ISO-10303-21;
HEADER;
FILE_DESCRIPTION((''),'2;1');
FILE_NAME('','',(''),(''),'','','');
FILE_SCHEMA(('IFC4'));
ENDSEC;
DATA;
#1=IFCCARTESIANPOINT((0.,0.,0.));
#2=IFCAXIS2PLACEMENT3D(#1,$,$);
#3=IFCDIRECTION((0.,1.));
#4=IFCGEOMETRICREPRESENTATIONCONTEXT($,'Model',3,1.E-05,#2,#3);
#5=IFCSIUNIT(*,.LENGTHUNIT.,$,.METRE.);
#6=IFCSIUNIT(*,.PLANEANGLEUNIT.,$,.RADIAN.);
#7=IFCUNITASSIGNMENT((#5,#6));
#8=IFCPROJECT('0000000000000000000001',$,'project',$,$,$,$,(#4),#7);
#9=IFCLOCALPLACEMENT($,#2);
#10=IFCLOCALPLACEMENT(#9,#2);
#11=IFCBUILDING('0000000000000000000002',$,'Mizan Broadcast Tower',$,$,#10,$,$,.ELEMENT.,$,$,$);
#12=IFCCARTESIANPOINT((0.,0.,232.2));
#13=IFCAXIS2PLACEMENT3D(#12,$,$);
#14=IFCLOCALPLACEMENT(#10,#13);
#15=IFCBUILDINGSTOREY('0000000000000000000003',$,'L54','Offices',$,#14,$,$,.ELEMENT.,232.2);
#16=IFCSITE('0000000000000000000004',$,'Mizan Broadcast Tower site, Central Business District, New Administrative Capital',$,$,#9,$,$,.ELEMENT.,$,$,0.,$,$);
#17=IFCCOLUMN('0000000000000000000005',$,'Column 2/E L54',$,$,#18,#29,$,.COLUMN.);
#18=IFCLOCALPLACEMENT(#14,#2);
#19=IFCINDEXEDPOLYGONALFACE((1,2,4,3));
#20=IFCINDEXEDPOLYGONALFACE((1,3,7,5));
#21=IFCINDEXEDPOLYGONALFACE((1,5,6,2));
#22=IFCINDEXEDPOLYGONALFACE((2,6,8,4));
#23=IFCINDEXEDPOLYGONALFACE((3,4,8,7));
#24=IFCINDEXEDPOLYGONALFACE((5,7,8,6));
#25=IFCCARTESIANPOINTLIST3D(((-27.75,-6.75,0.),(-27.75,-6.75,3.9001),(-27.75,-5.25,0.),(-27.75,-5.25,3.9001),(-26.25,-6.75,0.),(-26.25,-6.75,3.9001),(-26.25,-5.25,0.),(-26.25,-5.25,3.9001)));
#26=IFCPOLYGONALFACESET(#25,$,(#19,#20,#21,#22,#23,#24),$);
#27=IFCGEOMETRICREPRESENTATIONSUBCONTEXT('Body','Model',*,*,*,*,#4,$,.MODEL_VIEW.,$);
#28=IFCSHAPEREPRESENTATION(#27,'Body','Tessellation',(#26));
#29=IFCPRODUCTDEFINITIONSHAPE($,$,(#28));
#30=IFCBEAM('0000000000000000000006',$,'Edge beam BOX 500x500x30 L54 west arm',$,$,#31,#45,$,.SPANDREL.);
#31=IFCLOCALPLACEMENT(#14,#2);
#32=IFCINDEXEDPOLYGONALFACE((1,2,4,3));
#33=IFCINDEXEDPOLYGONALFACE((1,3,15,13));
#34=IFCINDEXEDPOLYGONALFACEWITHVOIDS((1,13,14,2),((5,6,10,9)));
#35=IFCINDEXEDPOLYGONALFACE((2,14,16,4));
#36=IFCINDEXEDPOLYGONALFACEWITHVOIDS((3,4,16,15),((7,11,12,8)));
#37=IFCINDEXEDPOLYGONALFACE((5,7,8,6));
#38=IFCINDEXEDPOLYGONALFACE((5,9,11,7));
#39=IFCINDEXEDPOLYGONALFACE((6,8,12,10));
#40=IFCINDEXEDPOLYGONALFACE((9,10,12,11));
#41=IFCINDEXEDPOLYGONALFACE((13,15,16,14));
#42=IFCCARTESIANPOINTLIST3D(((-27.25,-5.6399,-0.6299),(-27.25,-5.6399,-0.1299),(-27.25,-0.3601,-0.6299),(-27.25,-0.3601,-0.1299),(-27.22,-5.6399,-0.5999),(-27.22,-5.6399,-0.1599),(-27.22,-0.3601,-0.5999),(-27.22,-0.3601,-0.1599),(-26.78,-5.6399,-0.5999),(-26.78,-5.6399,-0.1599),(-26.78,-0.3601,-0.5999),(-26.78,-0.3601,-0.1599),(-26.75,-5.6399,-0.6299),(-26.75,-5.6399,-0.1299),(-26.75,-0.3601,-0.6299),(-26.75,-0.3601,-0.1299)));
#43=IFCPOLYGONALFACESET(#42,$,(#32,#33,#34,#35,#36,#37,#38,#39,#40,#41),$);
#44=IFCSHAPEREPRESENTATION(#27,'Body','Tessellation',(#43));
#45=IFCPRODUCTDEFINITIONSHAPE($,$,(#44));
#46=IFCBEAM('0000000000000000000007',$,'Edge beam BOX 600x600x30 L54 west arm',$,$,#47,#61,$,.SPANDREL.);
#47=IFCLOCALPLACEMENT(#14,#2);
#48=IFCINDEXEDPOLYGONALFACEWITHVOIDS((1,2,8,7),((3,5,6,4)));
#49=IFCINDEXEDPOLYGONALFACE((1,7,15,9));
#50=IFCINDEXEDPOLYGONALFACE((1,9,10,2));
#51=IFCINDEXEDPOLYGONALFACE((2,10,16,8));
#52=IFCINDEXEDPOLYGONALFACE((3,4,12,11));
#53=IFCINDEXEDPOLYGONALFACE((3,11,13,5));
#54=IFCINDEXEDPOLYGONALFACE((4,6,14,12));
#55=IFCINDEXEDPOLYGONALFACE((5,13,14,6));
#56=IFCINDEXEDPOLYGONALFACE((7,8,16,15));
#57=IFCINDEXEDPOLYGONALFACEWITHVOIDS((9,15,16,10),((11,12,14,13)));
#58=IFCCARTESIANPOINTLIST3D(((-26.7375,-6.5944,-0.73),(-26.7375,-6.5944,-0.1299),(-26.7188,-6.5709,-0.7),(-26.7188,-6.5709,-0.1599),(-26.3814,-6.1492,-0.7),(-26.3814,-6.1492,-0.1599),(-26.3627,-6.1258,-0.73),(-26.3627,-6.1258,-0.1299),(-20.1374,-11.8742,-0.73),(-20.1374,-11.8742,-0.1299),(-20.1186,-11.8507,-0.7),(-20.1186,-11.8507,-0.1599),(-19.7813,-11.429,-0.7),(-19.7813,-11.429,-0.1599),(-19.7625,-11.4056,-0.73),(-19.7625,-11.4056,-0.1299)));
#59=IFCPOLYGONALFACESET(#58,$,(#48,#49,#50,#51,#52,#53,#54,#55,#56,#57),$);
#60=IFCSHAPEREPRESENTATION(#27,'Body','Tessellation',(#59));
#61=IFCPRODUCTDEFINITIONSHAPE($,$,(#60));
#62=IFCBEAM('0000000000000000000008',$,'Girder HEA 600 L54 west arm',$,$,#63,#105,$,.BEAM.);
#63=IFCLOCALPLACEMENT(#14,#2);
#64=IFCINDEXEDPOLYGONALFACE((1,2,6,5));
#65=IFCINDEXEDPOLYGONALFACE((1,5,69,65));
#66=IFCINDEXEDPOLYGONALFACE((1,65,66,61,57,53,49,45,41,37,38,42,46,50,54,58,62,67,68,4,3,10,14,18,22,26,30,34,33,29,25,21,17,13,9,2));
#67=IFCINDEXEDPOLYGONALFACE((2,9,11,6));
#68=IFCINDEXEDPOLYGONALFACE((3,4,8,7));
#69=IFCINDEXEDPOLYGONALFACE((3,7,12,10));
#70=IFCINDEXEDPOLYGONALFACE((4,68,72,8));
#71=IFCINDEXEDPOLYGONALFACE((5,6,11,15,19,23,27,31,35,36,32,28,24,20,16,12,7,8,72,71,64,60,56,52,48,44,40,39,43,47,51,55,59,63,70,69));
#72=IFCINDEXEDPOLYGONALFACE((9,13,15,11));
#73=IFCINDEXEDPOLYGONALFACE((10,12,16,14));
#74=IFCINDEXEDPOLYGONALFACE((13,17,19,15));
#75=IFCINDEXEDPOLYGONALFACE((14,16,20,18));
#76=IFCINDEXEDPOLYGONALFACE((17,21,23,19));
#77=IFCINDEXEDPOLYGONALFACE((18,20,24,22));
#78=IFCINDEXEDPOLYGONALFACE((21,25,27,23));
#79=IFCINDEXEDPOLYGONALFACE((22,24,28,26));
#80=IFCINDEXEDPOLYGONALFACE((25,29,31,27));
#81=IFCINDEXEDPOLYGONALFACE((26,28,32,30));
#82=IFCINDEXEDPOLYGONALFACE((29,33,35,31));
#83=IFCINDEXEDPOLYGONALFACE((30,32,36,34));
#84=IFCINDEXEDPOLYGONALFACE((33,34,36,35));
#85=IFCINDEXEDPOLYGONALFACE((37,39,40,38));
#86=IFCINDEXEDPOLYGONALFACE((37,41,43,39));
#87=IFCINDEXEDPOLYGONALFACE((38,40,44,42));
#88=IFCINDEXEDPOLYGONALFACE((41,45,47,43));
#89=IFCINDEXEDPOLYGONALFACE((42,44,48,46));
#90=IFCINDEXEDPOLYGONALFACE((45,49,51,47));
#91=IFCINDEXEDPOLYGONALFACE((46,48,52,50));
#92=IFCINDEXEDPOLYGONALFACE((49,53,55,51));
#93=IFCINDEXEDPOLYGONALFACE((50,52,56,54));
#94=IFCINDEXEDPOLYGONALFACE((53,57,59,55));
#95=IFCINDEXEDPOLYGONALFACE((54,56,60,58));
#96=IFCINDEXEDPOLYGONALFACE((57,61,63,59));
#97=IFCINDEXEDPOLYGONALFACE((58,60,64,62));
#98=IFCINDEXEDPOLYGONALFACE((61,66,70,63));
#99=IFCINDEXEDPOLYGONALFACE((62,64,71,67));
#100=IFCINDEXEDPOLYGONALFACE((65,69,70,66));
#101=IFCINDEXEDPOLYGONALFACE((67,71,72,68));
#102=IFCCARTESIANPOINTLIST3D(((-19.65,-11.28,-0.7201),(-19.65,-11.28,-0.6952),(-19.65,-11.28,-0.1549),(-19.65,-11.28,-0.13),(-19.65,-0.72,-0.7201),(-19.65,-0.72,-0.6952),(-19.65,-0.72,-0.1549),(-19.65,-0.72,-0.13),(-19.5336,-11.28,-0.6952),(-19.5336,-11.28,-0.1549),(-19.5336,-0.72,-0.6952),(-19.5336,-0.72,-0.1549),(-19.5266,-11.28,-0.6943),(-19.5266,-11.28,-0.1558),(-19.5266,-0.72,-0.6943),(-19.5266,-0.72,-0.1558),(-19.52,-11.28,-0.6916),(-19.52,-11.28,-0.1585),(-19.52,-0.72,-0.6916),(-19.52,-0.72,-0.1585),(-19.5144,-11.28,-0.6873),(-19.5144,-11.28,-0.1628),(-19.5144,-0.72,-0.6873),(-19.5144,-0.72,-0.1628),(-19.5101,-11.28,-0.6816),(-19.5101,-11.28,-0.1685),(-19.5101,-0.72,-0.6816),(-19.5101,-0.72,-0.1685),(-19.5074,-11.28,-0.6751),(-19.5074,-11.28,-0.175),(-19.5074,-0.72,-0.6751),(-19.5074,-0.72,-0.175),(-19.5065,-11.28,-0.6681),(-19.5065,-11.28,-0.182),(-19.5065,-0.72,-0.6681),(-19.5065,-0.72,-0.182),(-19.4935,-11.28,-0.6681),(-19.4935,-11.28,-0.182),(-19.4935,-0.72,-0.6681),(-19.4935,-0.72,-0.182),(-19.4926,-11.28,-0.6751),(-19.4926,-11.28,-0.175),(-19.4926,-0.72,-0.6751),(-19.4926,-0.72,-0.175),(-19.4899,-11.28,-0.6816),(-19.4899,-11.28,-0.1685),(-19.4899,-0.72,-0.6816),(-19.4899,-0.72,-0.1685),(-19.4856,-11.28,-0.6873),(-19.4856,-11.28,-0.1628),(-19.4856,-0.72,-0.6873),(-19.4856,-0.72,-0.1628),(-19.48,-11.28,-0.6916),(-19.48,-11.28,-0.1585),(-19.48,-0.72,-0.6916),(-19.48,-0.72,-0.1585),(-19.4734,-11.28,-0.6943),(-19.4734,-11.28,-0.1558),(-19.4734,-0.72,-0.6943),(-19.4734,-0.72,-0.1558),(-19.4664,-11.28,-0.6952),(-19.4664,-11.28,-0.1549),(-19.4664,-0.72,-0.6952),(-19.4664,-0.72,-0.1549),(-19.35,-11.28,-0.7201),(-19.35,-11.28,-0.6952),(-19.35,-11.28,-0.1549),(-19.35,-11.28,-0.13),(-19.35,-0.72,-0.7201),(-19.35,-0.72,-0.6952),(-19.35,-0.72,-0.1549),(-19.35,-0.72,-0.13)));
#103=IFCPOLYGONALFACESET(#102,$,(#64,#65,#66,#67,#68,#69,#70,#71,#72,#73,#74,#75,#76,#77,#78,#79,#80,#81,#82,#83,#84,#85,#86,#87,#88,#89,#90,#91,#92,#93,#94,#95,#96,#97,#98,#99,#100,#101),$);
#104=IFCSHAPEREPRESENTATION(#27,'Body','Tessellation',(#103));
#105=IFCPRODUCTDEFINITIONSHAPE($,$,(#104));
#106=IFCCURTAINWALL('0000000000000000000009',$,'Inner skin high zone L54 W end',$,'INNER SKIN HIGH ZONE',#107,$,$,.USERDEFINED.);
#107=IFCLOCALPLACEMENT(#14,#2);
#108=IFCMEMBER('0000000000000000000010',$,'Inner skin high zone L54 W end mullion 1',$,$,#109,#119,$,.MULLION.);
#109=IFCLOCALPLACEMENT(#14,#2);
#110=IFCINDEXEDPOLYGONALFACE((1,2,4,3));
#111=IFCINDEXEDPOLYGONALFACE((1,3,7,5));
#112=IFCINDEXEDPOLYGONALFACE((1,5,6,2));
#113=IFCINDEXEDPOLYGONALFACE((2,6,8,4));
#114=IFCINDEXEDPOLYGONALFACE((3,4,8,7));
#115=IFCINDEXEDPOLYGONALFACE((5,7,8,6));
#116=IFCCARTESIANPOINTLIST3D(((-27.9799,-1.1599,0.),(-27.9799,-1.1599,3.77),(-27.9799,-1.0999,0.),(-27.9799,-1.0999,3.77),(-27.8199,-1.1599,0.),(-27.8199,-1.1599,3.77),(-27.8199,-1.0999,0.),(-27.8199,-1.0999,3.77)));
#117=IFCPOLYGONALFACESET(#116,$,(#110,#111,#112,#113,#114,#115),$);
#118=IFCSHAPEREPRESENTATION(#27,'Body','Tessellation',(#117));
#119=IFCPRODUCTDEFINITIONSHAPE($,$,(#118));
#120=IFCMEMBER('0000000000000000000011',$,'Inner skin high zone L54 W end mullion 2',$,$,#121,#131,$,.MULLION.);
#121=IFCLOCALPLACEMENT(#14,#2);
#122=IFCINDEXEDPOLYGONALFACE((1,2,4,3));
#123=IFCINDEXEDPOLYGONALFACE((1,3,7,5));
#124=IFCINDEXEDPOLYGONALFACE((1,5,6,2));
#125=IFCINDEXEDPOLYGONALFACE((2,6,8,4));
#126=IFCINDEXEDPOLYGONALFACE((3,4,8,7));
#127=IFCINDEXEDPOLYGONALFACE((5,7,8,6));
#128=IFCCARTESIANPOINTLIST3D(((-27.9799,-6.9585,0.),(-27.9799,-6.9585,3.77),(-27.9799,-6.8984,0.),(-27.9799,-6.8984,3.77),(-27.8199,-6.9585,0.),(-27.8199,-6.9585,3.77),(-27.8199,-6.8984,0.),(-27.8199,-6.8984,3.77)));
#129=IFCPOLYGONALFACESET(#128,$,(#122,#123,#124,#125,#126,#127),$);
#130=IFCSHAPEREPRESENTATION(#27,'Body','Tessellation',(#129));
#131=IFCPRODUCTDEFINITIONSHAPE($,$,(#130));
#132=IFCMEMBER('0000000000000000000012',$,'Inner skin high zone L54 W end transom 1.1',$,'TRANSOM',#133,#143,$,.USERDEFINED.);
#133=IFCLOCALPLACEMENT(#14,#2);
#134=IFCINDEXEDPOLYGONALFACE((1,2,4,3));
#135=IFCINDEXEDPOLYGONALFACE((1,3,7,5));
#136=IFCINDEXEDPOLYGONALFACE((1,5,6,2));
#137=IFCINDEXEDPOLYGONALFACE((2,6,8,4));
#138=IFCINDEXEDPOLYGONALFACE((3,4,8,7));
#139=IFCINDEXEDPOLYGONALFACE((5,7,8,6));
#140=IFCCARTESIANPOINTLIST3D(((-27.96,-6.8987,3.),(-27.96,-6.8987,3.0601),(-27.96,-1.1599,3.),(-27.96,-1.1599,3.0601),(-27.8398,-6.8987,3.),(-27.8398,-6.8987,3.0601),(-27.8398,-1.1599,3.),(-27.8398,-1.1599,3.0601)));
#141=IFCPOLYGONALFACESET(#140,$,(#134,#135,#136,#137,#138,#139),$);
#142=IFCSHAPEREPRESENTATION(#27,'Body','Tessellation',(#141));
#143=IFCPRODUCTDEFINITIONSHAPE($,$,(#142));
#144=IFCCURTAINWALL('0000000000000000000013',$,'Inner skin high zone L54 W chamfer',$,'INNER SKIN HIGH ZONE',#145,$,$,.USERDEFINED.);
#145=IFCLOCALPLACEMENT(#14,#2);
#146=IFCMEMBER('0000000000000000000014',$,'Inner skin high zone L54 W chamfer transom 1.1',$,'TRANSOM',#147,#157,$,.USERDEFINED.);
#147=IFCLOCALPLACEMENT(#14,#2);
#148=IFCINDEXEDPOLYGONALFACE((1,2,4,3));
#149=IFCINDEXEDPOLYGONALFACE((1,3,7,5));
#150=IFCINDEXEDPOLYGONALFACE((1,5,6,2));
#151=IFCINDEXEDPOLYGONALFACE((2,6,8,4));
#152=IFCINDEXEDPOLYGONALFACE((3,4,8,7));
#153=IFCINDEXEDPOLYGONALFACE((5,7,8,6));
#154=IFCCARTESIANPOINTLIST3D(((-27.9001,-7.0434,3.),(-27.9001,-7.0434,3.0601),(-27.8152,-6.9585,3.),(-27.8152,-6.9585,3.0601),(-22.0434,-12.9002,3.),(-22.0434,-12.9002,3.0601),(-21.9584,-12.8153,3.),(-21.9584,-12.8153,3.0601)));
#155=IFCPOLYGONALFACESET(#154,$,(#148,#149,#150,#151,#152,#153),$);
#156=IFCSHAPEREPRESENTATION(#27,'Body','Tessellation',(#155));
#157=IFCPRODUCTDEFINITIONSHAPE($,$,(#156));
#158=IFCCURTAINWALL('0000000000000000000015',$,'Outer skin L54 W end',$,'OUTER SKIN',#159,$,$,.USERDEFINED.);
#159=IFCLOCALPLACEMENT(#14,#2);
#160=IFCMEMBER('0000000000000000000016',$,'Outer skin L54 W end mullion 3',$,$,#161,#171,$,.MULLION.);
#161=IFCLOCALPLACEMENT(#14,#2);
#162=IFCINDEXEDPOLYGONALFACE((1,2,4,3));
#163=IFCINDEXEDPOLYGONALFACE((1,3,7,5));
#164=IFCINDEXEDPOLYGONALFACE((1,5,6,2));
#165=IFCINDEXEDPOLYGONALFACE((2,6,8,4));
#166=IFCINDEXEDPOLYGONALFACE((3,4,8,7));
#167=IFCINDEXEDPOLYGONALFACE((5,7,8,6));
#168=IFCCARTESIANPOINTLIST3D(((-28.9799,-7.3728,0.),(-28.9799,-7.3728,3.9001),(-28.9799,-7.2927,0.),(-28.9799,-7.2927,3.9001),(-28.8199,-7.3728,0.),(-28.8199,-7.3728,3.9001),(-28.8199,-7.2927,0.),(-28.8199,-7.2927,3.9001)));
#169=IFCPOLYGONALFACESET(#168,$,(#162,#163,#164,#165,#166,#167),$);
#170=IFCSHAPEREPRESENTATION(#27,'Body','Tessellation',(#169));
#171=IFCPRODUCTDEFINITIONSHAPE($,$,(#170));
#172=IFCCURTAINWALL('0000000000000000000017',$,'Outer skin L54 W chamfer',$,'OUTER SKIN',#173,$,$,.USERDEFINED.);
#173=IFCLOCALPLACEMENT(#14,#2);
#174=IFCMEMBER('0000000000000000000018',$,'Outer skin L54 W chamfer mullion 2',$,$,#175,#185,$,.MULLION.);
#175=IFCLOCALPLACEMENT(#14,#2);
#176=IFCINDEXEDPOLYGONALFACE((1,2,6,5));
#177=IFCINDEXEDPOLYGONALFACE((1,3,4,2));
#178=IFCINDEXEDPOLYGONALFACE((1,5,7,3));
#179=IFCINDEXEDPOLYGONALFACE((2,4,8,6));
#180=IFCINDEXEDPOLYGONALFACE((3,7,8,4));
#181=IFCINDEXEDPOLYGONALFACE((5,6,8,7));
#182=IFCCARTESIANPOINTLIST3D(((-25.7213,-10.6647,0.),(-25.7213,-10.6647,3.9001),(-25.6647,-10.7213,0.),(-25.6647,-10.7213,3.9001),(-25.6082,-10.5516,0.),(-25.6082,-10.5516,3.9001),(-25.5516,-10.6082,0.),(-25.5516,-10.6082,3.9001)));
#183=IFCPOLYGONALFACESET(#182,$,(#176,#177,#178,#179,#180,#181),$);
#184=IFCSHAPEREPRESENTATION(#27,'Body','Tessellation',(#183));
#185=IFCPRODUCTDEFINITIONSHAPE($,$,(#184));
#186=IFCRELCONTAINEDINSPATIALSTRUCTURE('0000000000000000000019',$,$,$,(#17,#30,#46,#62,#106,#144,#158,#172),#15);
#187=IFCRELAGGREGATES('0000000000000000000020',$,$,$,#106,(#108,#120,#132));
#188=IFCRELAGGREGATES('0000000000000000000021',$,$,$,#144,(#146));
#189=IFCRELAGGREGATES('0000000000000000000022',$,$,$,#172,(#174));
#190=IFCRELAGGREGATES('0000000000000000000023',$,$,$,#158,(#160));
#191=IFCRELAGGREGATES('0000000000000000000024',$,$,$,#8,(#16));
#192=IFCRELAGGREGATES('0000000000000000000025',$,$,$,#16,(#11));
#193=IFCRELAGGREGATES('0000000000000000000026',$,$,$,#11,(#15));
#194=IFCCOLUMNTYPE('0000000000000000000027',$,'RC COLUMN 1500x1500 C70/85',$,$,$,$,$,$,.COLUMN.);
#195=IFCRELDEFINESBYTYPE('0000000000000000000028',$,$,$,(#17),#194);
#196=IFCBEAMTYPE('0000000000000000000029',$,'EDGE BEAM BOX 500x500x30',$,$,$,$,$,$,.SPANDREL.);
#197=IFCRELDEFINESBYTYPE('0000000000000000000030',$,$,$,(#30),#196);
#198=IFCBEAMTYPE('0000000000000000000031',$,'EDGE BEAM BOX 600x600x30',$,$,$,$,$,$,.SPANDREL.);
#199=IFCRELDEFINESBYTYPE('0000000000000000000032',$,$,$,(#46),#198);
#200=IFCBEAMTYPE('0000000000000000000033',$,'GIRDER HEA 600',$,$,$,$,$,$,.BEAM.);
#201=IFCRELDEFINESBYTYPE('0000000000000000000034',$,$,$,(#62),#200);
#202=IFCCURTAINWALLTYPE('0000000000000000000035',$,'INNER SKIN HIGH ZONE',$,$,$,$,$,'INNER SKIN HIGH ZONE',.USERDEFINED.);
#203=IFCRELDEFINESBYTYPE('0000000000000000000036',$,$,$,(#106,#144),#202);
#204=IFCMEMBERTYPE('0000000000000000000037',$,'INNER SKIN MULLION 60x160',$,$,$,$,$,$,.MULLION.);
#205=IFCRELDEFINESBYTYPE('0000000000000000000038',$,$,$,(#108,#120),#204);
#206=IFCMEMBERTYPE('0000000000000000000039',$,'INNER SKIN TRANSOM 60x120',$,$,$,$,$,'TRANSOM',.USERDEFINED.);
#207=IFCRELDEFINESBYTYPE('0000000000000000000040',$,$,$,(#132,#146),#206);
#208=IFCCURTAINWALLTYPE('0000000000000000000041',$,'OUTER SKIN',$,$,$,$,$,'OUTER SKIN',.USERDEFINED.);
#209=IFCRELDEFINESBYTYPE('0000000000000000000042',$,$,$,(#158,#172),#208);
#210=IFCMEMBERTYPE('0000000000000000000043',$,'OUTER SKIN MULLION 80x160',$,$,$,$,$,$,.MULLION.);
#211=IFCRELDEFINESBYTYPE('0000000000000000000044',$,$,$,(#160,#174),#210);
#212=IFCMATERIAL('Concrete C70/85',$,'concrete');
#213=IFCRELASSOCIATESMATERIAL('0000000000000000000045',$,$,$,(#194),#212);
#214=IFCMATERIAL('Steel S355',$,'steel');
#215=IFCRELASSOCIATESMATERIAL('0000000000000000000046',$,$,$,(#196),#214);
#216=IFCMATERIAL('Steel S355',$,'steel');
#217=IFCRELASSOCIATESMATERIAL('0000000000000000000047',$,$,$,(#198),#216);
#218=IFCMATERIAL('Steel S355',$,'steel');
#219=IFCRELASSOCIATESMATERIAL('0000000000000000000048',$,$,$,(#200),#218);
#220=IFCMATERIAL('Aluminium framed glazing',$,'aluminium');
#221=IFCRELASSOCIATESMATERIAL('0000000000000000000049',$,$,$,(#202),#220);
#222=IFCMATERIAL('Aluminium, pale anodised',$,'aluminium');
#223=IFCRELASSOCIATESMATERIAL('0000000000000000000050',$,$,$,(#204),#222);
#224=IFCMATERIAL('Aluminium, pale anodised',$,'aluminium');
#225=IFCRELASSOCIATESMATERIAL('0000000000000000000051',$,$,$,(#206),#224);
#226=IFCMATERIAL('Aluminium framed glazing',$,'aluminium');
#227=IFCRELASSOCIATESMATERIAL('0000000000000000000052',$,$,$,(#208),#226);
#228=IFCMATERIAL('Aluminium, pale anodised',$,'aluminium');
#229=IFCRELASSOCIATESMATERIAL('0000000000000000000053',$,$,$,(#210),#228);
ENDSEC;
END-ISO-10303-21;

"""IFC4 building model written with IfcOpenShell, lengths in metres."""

from ifc_helpers import new_model, si_unit, direction, frame, origin, origin_2d, place, context, subcontext, project, spatial, rectangle, hollow_rectangle, i_section, extrude, material, material_profile, profile_set, type_object, element, aggregate, save


model = new_model("IFC4")

# Units and contexts
model_context = context("Model", 3, precision=1e-05, world=origin(), true_north=direction((0.0, 1.0)))
body_context = subcontext(model_context, "Body", "Model", "MODEL_VIEW")
ifc_project = project(units=[si_unit("LENGTHUNIT", "METRE"), si_unit("PLANEANGLEUNIT", "RADIAN")], contexts=[model_context])

# Site, building, storey
site_placement = place(None, origin())
site = spatial("IfcSite", under=ifc_project, at=site_placement, Name="Mizan Broadcast Tower site, Central Business District, New Administrative Capital", CompositionType="ELEMENT", RefElevation=0.0)
building_placement = place(site_placement, origin())
building = spatial("IfcBuilding", under=site, at=building_placement, Name="Mizan Broadcast Tower", CompositionType="ELEMENT")
storey_placement = place(building_placement, frame((0.0, 0.0, 232.2)))
storey = spatial("IfcBuildingStorey", under=building, at=storey_placement, Name="L54", Description="Offices", CompositionType="ELEMENT", Elevation=232.2)

# Column
ifc_material_1 = material(Name="Concrete C70/85", Category="concrete")
ifc_material_profile_1 = material_profile(ifc_material_1, rectangle(XDim=1.5, YDim=1.5, at=origin_2d()), Name="RC 1500x1500")
ifc_profile_set_1 = profile_set([ifc_material_profile_1], Name="Concrete C70/85")
column_type = type_object("IfcColumnType", Name="RC COLUMN 1500x1500 C70/85", PredefinedType="COLUMN", material=ifc_profile_set_1)
column_placement = place(storey_placement, frame((-27.0, -6.0, 0.0), z_axis=(0.0, 0.0, 1.0), x_axis=(1.0, 0.0, 0.0)))
element("IfcColumn", 1, at=column_placement, inside=storey, type_object=column_type, Name="Column 2/E L54", PredefinedType="COLUMN", context=body_context, shape_type="SweptSolid", body=[
    extrude(rectangle(XDim=1.5, YDim=1.5, at=origin_2d()), origin(), (0.0, 0.0, 1.0), 3.9001),
])

# Beams
ifc_material_2 = material(Name="Steel S355", Category="steel")
ifc_material_profile_2 = material_profile(ifc_material_2, hollow_rectangle(XDim=0.5, YDim=0.5, WallThickness=0.03, at=origin_2d()), Name="BOX 500x500x30")
ifc_profile_set_2 = profile_set([ifc_material_profile_2], Name="Steel S355")
beam_type_1 = type_object("IfcBeamType", Name="EDGE BEAM BOX 500x500x30", PredefinedType="SPANDREL", material=ifc_profile_set_2)
beam_1_placement = place(storey_placement, frame((-27.0, -5.6399, -0.3799), z_axis=(0.0, 1.0, 0.0), x_axis=(-1.0, 0.0, 0.0)))
element("IfcBeam", 2, at=beam_1_placement, inside=storey, type_object=beam_type_1, Name="Edge beam BOX 500x500x30 L54 west arm", PredefinedType="SPANDREL", context=body_context, shape_type="SweptSolid", body=[
    extrude(hollow_rectangle(XDim=0.5, YDim=0.5, WallThickness=0.03, at=origin_2d()), origin(), (0.0, 0.0, 1.0), 5.2798),
])
ifc_material_3 = material(Name="Steel S355", Category="steel")
ifc_material_profile_3 = material_profile(ifc_material_3, hollow_rectangle(XDim=0.6001, YDim=0.6001, WallThickness=0.03, at=origin_2d()), Name="BOX 600x600x30")
ifc_profile_set_3 = profile_set([ifc_material_profile_3], Name="Steel S355")
beam_type_2 = type_object("IfcBeamType", Name="EDGE BEAM BOX 600x600x30", PredefinedType="SPANDREL", material=ifc_profile_set_3)
beam_2_placement = place(storey_placement, frame((-19.95, -11.6399, -0.4299), z_axis=(-0.780886, 0.624674, 0.0), x_axis=(-0.624674, -0.780886, 0.0)))
element("IfcBeam", 3, at=beam_2_placement, inside=storey, type_object=beam_type_2, Name="Edge beam BOX 600x600x30 L54 west arm", PredefinedType="SPANDREL", context=body_context, shape_type="SweptSolid", body=[
    extrude(hollow_rectangle(XDim=0.6001, YDim=0.6001, WallThickness=0.03, at=origin_2d()), origin(), (0.0, 0.0, 1.0), 8.4521),
])
ifc_material_4 = material(Name="Steel S355", Category="steel")
ifc_material_profile_4 = material_profile(ifc_material_4, i_section(OverallWidth=0.3, OverallDepth=0.5901, WebThickness=0.0129, FlangeThickness=0.0249, FilletRadius=0.0271, at=origin_2d()), Name="HEA 600")
ifc_profile_set_4 = profile_set([ifc_material_profile_4], Name="Steel S355")
beam_type_3 = type_object("IfcBeamType", Name="GIRDER HEA 600", PredefinedType="BEAM", material=ifc_profile_set_4)
beam_3_placement = place(storey_placement, frame((-19.5, -11.28, -0.425), z_axis=(0.0, 1.0, 0.0), x_axis=(-1.0, 0.0, 0.0)))
element("IfcBeam", 4, at=beam_3_placement, inside=storey, type_object=beam_type_3, Name="Girder HEA 600 L54 west arm", PredefinedType="BEAM", context=body_context, shape_type="SweptSolid", body=[
    extrude(i_section(OverallWidth=0.3, OverallDepth=0.5901, WebThickness=0.0129, FlangeThickness=0.0249, FilletRadius=0.0271, at=origin_2d()), origin(), (0.0, 0.0, 1.0), 10.5601),
])

# Curtain wall, members
ifc_material_5 = material(Name="Aluminium framed glazing", Category="aluminium")
curtain_wall_type_1 = type_object("IfcCurtainWallType", Name="INNER SKIN HIGH ZONE", ElementType="INNER SKIN HIGH ZONE", PredefinedType="USERDEFINED", material=ifc_material_5)
curtain_wall_1_placement = place(storey_placement, origin())
curtain_wall_1 = element("IfcCurtainWall", 5, at=curtain_wall_1_placement, inside=storey, type_object=curtain_wall_type_1, Name="Inner skin high zone L54 W end", ObjectType="INNER SKIN HIGH ZONE", PredefinedType="USERDEFINED")
ifc_material_6 = material(Name="Aluminium, pale anodised", Category="aluminium")
ifc_material_profile_5 = material_profile(ifc_material_6, rectangle(XDim=0.1599, YDim=0.0601, at=origin_2d()), Name="MULLION 160x60")
ifc_profile_set_5 = profile_set([ifc_material_profile_5], Name="Aluminium, pale anodised")
member_type_1 = type_object("IfcMemberType", Name="INNER SKIN MULLION 60x160", PredefinedType="MULLION", material=ifc_profile_set_5)
member_1_placement = place(storey_placement, frame((-27.8999, -1.1299, 0.0), z_axis=(0.0, 0.0, 1.0), x_axis=(1.0, 0.0, 0.0)))
member_1 = element("IfcMember", 6, at=member_1_placement, type_object=member_type_1, Name="Inner skin high zone L54 W end mullion 1", PredefinedType="MULLION", context=body_context, shape_type="SweptSolid", body=[
    extrude(rectangle(XDim=0.1599, YDim=0.0601, at=origin_2d()), origin(), (0.0, 0.0, 1.0), 3.77),
])
member_2_placement = place(storey_placement, frame((-27.8999, -6.9285, 0.0), z_axis=(0.0, 0.0, 1.0), x_axis=(1.0, 0.0, 0.0)))
member_2 = element("IfcMember", 7, at=member_2_placement, type_object=member_type_1, Name="Inner skin high zone L54 W end mullion 2", PredefinedType="MULLION", context=body_context, shape_type="SweptSolid", body=[
    extrude(rectangle(XDim=0.1599, YDim=0.0601, at=origin_2d()), origin(), (0.0, 0.0, 1.0), 3.77),
])
ifc_material_7 = material(Name="Aluminium, pale anodised", Category="aluminium")
ifc_material_profile_6 = material_profile(ifc_material_7, rectangle(XDim=0.1201, YDim=0.0601, at=origin_2d()), Name="TRANSOM 120x60")
ifc_profile_set_6 = profile_set([ifc_material_profile_6], Name="Aluminium, pale anodised")
member_type_2 = type_object("IfcMemberType", Name="INNER SKIN TRANSOM 60x120", ElementType="TRANSOM", PredefinedType="USERDEFINED", material=ifc_profile_set_6)
member_3_placement = place(storey_placement, frame((-27.8999, -1.1599, 3.03), z_axis=(0.0, -1.0, 0.0), x_axis=(1.0, 0.0, 0.0)))
member_3 = element("IfcMember", 8, at=member_3_placement, type_object=member_type_2, Name="Inner skin high zone L54 W end transom 1.1", ObjectType="TRANSOM", PredefinedType="USERDEFINED", context=body_context, shape_type="SweptSolid", body=[
    extrude(rectangle(XDim=0.1201, YDim=0.0601, at=origin_2d()), origin(), (0.0, 0.0, 1.0), 5.7388),
])

# Curtain walls, members
curtain_wall_2_placement = place(storey_placement, origin())
curtain_wall_2 = element("IfcCurtainWall", 9, at=curtain_wall_2_placement, inside=storey, type_object=curtain_wall_type_1, Name="Inner skin high zone L54 W chamfer", ObjectType="INNER SKIN HIGH ZONE", PredefinedType="USERDEFINED")
member_4_placement = place(storey_placement, frame((-27.8577, -7.001, 3.03), z_axis=(0.707107, -0.707107, 0.0), x_axis=(0.707107, 0.707107, 0.0)))
member_4 = element("IfcMember", 10, at=member_4_placement, type_object=member_type_2, Name="Inner skin high zone L54 W chamfer transom 1.1", ObjectType="TRANSOM", PredefinedType="USERDEFINED", context=body_context, shape_type="SweptSolid", body=[
    extrude(rectangle(XDim=0.1201, YDim=0.0601, at=origin_2d()), origin(), (0.0, 0.0, 1.0), 8.2827),
])
ifc_material_8 = material(Name="Aluminium framed glazing", Category="aluminium")
curtain_wall_type_2 = type_object("IfcCurtainWallType", Name="OUTER SKIN", ElementType="OUTER SKIN", PredefinedType="USERDEFINED", material=ifc_material_8)
curtain_wall_3_placement = place(storey_placement, origin())
curtain_wall_3 = element("IfcCurtainWall", 11, at=curtain_wall_3_placement, inside=storey, type_object=curtain_wall_type_2, Name="Outer skin L54 W end", ObjectType="OUTER SKIN", PredefinedType="USERDEFINED")
ifc_material_9 = material(Name="Aluminium, pale anodised", Category="aluminium")
ifc_material_profile_7 = material_profile(ifc_material_9, rectangle(XDim=0.1599, YDim=0.0801, at=origin_2d()), Name="MULLION 160x80")
ifc_profile_set_7 = profile_set([ifc_material_profile_7], Name="Aluminium, pale anodised")
member_type_3 = type_object("IfcMemberType", Name="OUTER SKIN MULLION 80x160", PredefinedType="MULLION", material=ifc_profile_set_7)
member_5_placement = place(storey_placement, frame((-28.8999, -7.3328, 0.0), z_axis=(0.0, 0.0, 1.0), x_axis=(1.0, 0.0, 0.0)))
member_5 = element("IfcMember", 12, at=member_5_placement, type_object=member_type_3, Name="Outer skin L54 W end mullion 3", PredefinedType="MULLION", context=body_context, shape_type="SweptSolid", body=[
    extrude(rectangle(XDim=0.1599, YDim=0.0801, at=origin_2d()), origin(), (0.0, 0.0, 1.0), 3.9001),
])
curtain_wall_4_placement = place(storey_placement, origin())
curtain_wall_4 = element("IfcCurtainWall", 13, at=curtain_wall_4_placement, inside=storey, type_object=curtain_wall_type_2, Name="Outer skin L54 W chamfer", ObjectType="OUTER SKIN", PredefinedType="USERDEFINED")
member_6_placement = place(storey_placement, frame((-25.6365, -10.6365, 0.0), z_axis=(0.0, 0.0, 1.0), x_axis=(0.707107, 0.707107, 0.0)))
member_6 = element("IfcMember", 14, at=member_6_placement, type_object=member_type_3, Name="Outer skin L54 W chamfer mullion 2", PredefinedType="MULLION", context=body_context, shape_type="SweptSolid", body=[
    extrude(rectangle(XDim=0.1599, YDim=0.0801, at=origin_2d()), origin(), (0.0, 0.0, 1.0), 3.9001),
])

aggregate(curtain_wall_1, [member_1, member_2, member_3])
aggregate(curtain_wall_2, [member_4])
aggregate(curtain_wall_4, [member_6])
aggregate(curtain_wall_3, [member_5])

save(model, "model.ifc")
